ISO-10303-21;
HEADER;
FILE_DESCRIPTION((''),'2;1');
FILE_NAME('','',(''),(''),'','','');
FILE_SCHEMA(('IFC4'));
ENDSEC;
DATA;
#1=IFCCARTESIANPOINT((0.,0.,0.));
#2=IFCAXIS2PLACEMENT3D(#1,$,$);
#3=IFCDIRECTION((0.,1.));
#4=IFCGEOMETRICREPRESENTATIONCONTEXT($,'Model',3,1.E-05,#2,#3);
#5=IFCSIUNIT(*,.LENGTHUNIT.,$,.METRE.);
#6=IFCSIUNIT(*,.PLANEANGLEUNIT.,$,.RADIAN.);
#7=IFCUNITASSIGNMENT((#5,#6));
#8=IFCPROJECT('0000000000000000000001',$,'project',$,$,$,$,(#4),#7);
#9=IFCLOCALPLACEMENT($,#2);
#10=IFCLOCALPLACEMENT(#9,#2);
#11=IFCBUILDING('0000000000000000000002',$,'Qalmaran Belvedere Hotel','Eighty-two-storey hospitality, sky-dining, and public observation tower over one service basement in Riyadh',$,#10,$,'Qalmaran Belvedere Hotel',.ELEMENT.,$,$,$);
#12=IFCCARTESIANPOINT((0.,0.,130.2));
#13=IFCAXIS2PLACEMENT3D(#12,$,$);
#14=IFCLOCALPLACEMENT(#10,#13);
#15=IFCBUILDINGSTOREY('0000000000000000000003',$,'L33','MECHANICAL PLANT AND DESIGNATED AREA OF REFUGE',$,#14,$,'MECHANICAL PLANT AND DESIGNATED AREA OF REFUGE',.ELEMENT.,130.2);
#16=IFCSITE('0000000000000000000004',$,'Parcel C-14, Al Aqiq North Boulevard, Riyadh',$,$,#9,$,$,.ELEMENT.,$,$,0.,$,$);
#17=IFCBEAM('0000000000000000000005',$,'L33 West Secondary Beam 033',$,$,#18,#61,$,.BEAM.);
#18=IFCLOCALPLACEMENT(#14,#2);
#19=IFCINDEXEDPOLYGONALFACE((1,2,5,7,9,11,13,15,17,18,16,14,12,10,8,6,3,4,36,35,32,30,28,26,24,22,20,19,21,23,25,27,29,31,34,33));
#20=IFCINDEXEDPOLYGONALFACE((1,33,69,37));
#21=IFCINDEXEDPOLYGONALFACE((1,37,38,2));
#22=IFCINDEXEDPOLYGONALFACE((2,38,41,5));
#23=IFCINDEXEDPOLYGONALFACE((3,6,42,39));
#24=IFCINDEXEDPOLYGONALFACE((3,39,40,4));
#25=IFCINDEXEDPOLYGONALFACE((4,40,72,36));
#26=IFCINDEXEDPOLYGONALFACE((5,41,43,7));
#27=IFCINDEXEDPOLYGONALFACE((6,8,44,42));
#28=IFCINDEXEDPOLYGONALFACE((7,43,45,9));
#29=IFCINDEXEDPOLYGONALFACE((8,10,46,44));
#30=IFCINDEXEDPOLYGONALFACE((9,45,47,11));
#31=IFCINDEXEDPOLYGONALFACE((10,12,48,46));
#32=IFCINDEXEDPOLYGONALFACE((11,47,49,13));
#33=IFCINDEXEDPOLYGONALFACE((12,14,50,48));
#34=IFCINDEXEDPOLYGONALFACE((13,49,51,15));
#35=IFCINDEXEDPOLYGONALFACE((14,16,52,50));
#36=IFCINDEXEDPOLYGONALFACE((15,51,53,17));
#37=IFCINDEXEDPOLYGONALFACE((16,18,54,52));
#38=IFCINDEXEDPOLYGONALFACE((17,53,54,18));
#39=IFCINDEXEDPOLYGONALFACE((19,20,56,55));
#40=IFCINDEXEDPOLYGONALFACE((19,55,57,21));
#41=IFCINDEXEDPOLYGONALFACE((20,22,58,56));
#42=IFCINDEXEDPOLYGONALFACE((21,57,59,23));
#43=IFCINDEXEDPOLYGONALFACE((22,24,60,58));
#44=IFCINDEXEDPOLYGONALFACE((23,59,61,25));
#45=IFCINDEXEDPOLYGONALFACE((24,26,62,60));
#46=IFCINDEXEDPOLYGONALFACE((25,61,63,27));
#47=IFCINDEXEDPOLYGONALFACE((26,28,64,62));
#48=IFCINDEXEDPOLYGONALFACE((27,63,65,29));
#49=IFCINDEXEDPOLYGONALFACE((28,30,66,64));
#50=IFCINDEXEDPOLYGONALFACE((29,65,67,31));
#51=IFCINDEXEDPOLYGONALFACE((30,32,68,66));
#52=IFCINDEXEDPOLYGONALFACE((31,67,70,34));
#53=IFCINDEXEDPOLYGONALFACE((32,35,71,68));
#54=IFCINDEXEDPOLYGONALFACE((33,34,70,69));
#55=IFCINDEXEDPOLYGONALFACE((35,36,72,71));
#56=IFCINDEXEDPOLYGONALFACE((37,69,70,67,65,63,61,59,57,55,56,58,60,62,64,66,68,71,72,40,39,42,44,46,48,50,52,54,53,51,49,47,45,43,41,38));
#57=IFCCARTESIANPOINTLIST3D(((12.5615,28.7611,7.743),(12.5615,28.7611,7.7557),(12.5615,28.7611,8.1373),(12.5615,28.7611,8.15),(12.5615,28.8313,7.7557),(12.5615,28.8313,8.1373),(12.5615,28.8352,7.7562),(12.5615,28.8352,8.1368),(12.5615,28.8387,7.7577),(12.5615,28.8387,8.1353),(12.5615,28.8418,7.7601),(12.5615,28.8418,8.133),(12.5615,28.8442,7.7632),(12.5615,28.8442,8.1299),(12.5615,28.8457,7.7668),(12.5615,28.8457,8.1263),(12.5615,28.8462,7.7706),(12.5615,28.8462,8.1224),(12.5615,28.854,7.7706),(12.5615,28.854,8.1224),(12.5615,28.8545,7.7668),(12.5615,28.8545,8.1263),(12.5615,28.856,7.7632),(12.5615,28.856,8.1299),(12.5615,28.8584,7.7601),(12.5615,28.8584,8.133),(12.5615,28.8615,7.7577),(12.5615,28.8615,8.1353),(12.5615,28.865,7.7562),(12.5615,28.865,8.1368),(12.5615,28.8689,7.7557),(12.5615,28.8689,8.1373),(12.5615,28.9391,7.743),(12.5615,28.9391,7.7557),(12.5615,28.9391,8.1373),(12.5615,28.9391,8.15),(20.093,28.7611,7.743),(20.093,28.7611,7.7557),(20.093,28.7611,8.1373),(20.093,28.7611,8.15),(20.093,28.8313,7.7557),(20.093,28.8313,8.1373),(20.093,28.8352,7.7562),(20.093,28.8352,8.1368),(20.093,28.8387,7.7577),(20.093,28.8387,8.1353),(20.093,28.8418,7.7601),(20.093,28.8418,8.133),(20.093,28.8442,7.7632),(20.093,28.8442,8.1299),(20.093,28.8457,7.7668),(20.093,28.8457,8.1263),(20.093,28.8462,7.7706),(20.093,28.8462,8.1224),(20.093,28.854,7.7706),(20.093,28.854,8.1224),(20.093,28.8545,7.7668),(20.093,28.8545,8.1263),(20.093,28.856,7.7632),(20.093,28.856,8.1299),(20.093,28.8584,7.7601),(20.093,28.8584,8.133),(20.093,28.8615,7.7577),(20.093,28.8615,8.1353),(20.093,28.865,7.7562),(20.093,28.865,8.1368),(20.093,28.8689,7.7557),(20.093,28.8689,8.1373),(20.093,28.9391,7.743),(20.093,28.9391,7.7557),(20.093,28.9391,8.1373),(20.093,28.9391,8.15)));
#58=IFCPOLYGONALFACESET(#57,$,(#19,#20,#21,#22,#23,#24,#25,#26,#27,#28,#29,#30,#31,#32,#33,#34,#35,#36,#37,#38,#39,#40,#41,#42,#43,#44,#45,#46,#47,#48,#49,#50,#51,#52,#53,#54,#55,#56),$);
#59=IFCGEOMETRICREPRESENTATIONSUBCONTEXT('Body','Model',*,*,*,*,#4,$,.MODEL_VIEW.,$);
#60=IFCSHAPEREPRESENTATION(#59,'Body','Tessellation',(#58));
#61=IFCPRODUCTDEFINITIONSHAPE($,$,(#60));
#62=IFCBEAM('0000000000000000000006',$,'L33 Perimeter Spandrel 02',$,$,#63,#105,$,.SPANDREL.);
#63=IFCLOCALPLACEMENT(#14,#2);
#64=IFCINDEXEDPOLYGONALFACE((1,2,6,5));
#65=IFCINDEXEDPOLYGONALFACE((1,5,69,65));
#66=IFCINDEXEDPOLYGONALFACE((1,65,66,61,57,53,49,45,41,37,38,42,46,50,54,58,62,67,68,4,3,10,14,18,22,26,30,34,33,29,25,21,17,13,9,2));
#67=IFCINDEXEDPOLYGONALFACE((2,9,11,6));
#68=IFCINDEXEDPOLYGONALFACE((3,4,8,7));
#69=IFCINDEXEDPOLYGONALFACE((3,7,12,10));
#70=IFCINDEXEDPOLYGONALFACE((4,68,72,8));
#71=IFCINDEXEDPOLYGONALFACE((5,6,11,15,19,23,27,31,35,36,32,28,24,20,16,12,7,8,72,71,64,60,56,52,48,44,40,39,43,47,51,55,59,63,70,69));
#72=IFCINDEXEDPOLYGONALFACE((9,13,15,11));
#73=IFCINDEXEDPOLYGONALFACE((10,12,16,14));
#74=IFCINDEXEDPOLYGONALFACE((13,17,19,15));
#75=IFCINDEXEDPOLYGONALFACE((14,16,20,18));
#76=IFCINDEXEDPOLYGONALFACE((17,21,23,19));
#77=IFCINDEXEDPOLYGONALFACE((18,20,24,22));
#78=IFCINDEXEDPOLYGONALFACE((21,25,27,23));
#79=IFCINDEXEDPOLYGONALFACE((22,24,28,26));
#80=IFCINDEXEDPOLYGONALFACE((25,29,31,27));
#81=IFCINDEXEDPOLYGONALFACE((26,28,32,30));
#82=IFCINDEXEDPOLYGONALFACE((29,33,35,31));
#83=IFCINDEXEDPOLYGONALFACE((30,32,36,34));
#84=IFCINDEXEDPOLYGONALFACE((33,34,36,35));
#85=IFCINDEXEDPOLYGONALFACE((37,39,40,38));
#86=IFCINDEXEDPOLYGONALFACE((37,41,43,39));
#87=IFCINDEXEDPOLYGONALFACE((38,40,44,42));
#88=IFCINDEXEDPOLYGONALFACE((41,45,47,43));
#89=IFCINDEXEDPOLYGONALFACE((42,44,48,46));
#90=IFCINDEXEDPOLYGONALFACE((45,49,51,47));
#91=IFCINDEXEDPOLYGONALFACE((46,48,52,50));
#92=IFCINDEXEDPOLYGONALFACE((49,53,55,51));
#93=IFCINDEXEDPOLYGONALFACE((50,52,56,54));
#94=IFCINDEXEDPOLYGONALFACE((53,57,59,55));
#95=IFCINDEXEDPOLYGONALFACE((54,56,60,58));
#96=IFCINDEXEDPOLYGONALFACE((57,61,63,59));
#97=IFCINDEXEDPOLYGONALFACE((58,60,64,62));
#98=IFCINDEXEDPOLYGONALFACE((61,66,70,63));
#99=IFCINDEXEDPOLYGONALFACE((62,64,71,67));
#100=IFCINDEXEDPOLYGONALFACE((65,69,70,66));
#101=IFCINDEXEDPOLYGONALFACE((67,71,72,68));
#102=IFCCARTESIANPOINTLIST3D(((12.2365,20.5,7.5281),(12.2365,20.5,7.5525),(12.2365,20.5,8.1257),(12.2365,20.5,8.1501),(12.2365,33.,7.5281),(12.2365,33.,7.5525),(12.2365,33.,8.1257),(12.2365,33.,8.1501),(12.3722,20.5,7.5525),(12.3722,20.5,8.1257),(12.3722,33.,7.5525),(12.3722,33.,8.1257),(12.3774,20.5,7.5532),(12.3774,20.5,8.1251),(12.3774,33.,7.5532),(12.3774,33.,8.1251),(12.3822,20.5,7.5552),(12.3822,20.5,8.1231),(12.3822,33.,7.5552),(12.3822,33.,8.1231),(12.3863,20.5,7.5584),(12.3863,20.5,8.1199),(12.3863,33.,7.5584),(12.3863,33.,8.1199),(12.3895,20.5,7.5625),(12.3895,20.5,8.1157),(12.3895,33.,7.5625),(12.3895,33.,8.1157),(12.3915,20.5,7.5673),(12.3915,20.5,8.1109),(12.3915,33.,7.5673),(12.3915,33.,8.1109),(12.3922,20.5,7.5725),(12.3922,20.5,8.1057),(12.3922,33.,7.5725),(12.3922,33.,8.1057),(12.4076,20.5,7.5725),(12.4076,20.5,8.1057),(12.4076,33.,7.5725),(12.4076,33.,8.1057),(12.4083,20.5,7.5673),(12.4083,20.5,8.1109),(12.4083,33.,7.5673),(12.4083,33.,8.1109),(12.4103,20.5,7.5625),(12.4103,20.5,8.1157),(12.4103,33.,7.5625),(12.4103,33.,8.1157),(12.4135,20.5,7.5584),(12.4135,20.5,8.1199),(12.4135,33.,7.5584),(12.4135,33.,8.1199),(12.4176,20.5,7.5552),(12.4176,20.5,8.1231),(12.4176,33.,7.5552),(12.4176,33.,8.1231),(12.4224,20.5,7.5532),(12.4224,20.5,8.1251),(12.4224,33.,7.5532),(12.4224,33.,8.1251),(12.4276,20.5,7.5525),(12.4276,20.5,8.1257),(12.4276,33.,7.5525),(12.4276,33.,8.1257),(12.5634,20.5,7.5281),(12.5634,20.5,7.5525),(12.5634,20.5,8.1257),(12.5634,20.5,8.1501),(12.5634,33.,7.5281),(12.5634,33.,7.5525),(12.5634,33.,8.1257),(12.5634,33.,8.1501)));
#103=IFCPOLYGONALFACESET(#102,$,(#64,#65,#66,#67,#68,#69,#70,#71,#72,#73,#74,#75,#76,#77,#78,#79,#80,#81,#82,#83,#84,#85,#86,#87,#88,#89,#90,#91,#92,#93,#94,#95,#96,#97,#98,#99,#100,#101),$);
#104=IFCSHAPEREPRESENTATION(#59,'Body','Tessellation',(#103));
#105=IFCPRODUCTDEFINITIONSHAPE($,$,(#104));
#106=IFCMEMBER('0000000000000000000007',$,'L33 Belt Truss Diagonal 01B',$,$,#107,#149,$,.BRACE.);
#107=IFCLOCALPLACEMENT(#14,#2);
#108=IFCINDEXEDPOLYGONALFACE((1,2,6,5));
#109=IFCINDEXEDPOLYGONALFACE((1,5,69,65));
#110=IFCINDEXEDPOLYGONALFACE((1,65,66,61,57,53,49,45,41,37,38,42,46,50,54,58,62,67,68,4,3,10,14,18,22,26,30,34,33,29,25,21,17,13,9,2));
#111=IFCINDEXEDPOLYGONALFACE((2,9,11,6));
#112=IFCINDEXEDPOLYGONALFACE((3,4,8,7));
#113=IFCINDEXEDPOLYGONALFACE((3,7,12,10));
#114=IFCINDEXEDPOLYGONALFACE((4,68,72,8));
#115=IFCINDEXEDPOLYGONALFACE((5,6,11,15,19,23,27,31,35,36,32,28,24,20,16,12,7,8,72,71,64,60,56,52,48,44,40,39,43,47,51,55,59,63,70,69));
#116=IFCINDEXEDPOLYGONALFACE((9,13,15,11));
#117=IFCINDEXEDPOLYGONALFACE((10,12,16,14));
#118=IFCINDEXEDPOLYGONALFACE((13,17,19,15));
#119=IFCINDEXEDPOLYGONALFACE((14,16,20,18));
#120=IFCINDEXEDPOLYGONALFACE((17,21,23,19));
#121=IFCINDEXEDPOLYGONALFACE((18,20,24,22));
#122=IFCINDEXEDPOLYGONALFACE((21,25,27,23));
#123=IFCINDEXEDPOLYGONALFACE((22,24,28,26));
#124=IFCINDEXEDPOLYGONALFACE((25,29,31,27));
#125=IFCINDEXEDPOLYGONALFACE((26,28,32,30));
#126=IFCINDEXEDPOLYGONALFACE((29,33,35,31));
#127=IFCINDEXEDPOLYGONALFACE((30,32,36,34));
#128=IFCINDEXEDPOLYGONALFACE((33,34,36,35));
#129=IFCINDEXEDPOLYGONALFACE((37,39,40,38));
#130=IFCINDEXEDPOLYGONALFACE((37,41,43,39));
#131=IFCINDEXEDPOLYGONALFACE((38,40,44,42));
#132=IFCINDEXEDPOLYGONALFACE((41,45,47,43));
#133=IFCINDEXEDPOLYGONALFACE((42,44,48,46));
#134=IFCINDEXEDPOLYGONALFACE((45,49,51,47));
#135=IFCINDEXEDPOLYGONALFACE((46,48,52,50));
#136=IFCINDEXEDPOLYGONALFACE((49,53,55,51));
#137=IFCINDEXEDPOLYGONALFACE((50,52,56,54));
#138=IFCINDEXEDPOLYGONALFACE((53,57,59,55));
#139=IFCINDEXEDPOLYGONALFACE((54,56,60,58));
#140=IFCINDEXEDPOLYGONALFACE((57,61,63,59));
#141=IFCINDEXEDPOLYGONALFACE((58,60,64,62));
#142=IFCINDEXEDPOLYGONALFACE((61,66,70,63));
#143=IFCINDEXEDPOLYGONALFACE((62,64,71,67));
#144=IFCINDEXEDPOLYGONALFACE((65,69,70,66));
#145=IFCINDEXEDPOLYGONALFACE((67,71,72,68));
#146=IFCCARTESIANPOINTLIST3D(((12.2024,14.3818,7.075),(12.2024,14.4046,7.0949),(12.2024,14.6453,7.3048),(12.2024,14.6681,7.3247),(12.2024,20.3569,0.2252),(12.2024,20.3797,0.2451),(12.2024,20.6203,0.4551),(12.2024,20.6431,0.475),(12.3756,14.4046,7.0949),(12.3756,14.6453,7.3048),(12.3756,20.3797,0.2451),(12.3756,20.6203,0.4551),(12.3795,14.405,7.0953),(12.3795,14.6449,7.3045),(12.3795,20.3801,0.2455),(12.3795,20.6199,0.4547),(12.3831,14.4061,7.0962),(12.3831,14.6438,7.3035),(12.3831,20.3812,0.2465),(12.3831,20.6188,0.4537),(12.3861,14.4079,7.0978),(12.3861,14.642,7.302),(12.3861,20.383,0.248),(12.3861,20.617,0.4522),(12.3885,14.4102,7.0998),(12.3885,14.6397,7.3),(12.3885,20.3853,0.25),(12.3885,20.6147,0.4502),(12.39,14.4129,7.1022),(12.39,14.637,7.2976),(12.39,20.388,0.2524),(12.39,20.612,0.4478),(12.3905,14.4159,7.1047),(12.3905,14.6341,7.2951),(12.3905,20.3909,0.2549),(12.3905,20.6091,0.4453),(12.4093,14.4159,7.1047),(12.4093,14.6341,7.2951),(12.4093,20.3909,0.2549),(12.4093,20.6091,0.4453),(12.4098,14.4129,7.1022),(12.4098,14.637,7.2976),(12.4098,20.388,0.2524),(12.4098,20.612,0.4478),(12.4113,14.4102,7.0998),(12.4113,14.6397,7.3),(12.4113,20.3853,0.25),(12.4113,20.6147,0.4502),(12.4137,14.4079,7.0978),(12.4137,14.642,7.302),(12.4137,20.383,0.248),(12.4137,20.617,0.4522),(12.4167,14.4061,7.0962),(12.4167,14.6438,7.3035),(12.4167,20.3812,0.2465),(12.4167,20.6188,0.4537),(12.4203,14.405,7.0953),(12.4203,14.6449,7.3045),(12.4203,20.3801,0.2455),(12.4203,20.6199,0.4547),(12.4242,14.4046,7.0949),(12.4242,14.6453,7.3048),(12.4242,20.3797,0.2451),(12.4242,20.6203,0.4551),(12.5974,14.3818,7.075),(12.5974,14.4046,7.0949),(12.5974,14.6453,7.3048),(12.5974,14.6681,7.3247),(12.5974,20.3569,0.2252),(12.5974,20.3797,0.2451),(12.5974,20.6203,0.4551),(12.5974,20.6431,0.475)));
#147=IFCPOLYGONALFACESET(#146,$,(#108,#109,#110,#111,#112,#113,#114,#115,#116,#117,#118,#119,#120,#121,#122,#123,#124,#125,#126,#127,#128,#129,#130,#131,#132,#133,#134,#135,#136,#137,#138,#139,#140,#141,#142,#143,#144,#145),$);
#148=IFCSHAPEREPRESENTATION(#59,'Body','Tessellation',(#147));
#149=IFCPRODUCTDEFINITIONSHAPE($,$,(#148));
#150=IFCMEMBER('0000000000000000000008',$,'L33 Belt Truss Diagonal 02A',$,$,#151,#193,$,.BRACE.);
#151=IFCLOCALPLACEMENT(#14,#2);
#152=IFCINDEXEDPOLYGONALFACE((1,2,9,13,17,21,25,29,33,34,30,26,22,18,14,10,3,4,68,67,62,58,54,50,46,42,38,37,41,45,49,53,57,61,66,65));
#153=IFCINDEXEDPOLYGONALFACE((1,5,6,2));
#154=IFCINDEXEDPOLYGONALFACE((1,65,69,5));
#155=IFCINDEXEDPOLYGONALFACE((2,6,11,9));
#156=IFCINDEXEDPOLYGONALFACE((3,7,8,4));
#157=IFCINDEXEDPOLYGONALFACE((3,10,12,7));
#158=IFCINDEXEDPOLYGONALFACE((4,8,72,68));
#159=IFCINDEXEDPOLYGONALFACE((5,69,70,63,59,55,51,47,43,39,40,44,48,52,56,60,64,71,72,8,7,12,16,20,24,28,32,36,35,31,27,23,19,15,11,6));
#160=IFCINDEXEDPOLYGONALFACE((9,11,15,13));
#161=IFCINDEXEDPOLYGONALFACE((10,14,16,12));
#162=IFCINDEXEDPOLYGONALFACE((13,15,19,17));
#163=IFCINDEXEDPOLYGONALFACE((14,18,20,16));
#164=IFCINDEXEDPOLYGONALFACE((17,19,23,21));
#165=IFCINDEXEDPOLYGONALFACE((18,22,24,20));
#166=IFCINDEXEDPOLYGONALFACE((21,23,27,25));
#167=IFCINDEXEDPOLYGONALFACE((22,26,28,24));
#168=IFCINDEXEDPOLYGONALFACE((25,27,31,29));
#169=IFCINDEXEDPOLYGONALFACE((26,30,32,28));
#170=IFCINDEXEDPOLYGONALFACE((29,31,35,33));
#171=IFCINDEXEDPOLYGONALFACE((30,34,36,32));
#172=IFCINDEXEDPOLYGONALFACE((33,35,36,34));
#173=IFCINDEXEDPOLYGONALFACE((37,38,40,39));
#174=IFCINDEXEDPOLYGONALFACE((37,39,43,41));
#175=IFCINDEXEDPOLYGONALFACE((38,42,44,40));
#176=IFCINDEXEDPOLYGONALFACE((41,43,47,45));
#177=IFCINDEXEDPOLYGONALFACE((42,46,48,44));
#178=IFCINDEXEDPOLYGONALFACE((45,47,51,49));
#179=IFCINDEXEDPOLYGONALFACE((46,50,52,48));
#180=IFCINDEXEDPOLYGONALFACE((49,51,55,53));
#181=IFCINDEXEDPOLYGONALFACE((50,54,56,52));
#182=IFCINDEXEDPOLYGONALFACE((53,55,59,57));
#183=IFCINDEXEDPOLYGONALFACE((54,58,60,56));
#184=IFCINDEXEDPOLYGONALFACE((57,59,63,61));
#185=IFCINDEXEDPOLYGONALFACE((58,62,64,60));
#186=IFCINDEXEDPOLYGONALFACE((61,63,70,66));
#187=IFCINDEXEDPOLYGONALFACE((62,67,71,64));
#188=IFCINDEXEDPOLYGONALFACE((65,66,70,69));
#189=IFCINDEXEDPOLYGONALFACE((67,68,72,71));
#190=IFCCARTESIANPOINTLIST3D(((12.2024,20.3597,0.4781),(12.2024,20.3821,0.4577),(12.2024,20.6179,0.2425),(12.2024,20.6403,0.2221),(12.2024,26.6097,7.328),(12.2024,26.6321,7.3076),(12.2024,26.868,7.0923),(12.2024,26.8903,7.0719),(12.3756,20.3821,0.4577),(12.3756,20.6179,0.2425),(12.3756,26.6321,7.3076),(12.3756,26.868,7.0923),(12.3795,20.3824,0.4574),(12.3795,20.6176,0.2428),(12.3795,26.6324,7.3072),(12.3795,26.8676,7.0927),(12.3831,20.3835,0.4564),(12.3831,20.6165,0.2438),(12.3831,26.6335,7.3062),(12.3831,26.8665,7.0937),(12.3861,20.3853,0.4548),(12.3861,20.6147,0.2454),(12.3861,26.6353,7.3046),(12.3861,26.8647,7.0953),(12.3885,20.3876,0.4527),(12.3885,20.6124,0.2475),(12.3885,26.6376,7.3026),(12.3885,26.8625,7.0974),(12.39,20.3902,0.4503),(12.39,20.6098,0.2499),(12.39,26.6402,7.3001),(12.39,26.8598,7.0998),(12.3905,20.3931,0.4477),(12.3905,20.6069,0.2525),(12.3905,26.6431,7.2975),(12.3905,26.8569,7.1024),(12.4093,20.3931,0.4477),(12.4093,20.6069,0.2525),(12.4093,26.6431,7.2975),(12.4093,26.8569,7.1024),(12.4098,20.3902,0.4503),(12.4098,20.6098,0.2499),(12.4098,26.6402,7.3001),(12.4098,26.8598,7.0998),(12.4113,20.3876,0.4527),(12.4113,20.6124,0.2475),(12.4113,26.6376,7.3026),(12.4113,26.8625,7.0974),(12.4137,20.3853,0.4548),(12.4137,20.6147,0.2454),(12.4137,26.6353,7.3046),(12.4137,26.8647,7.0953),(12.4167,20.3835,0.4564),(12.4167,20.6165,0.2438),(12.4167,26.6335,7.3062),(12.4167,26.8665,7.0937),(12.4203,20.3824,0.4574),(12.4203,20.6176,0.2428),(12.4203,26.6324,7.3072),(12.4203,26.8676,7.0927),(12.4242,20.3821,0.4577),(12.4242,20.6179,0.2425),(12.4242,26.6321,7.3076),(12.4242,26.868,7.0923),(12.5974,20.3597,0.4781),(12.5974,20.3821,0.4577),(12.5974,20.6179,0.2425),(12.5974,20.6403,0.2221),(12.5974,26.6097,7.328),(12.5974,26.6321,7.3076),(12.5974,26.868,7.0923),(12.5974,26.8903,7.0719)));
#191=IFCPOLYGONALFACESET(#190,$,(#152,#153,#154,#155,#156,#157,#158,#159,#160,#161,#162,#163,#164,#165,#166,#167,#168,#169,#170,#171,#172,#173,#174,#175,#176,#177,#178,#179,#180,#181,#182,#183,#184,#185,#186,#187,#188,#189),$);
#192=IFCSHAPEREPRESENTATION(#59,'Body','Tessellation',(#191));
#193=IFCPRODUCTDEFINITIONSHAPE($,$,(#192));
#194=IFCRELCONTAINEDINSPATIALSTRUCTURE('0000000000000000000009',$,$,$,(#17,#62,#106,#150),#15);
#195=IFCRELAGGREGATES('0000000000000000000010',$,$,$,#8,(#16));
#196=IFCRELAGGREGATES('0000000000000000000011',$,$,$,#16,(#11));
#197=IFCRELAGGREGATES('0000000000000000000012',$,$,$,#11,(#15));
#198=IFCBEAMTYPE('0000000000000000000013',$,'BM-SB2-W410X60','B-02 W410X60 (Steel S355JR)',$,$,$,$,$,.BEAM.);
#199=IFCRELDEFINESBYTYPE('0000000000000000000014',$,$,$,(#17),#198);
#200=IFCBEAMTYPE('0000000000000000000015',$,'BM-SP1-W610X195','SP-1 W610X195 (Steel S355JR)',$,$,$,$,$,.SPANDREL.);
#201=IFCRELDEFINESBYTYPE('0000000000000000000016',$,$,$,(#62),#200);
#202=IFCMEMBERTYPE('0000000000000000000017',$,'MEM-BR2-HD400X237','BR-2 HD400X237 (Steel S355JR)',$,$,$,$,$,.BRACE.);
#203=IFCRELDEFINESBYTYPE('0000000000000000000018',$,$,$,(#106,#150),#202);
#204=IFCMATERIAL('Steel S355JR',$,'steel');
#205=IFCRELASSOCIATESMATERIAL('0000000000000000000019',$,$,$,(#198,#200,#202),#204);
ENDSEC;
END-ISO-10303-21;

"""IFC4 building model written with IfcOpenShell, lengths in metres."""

from ifc_helpers import new_model, si_unit, direction, frame, origin, origin_2d, place, context, subcontext, project, spatial, i_section, extrude, material, material_profile, profile_set, type_object, element, save


model = new_model("IFC4")

# Units and contexts
model_context = context("Model", 3, precision=1e-05, world=origin(), true_north=direction((0.0, 1.0)))
body_context = subcontext(model_context, "Body", "Model", "MODEL_VIEW")
ifc_project = project(units=[si_unit("LENGTHUNIT", "METRE"), si_unit("PLANEANGLEUNIT", "RADIAN")], contexts=[model_context])

# Site, building, storey
site_placement = place(None, origin())
site = spatial("IfcSite", under=ifc_project, at=site_placement, Name="Parcel C-14, Al Aqiq North Boulevard, Riyadh", CompositionType="ELEMENT", RefElevation=0.0)
building_placement = place(site_placement, origin())
building = spatial("IfcBuilding", under=site, at=building_placement, Name="Qalmaran Belvedere Hotel", Description="Eighty-two-storey hospitality, sky-dining, and public observation tower over one service basement in Riyadh", LongName="Qalmaran Belvedere Hotel", CompositionType="ELEMENT")
storey_placement = place(building_placement, frame((0.0, 0.0, 130.2)))
storey = spatial("IfcBuildingStorey", under=building, at=storey_placement, Name="L33", Description="MECHANICAL PLANT AND DESIGNATED AREA OF REFUGE", LongName="MECHANICAL PLANT AND DESIGNATED AREA OF REFUGE", CompositionType="ELEMENT", Elevation=130.2)

# Beams
ifc_material_1 = material(Name="Steel S355JR", Category="steel")
ifc_material_profile_1 = material_profile(ifc_material_1, i_section(OverallWidth=0.178, OverallDepth=0.407, WebThickness=0.0078, FlangeThickness=0.0127, FilletRadius=0.0149, at=origin_2d()), Name="W410X60")
ifc_profile_set_1 = profile_set([ifc_material_profile_1], Name="Steel S355JR")
beam_type_1 = type_object("IfcBeamType", Name="BM-SB2-W410X60", Description="B-02 W410X60 (Steel S355JR)", PredefinedType="BEAM", material=ifc_profile_set_1)
for number, where, z_axis, x_axis, name in (
    (1, (12.5615, 28.8501, 7.9465), (1.0, 0.0, 0.0), (0.0, 1.0, 0.0), "L33 West Secondary Beam 033"),
):
    element("IfcBeam", number, at=place(storey_placement, frame(where, z_axis=z_axis, x_axis=x_axis)), inside=storey, type_object=beam_type_1, Name=name, PredefinedType="BEAM", context=body_context, shape_type="SweptSolid", body=[
        extrude(i_section(OverallWidth=0.178, OverallDepth=0.407, WebThickness=0.0078, FlangeThickness=0.0127, FilletRadius=0.0149, at=origin_2d()), origin(), (0.0, 0.0, 1.0), 7.5315),
    ])
ifc_material_profile_2 = material_profile(ifc_material_1, i_section(OverallWidth=0.3269, OverallDepth=0.6221, WebThickness=0.0154, FlangeThickness=0.0244, FilletRadius=0.02, at=origin_2d()), Name="W610X195")
ifc_profile_set_2 = profile_set([ifc_material_profile_2], Name="Steel S355JR")
beam_type_2 = type_object("IfcBeamType", Name="BM-SP1-W610X195", Description="SP-1 W610X195 (Steel S355JR)", PredefinedType="SPANDREL", material=ifc_profile_set_2)
beam_placement = place(storey_placement, frame((12.3999, 20.5, 7.8391), z_axis=(0.0, 1.0, 0.0), x_axis=(-1.0, 0.0, 0.0)))
element("IfcBeam", 2, at=beam_placement, inside=storey, type_object=beam_type_2, Name="L33 Perimeter Spandrel 02", PredefinedType="SPANDREL", context=body_context, shape_type="SweptSolid", body=[
    extrude(i_section(OverallWidth=0.3269, OverallDepth=0.6221, WebThickness=0.0154, FlangeThickness=0.0244, FilletRadius=0.02, at=origin_2d()), origin(), (0.0, 0.0, 1.0), 12.5),
])

# Members
ifc_material_profile_3 = material_profile(ifc_material_1, i_section(OverallWidth=0.395, OverallDepth=0.3799, WebThickness=0.0188, FlangeThickness=0.0303, FilletRadius=0.0149, at=origin_2d()), Name="HD400X237")
ifc_profile_set_3 = profile_set([ifc_material_profile_3], Name="Steel S355JR")
member_type_1 = type_object("IfcMemberType", Name="MEM-BR2-HD400X237", Description="BR-2 HD400X237 (Steel S355JR)", PredefinedType="BRACE", material=ifc_profile_set_3)
member_1_placement = place(storey_placement, frame((12.3999, 20.5, 0.3501), z_axis=(0.0, -0.65735, 0.753586), x_axis=(1.0, 0.0, 0.0)))
element("IfcMember", 3, at=member_1_placement, inside=storey, type_object=member_type_1, Name="L33 Belt Truss Diagonal 01B", PredefinedType="BRACE", context=body_context, shape_type="SweptSolid", body=[
    extrude(i_section(OverallWidth=0.395, OverallDepth=0.3799, WebThickness=0.0188, FlangeThickness=0.0303, FilletRadius=0.0149, at=origin_2d()), origin(), (0.0, 0.0, 1.0), 9.0896),
])
for number, where, z_axis, x_axis, name in (
    (4, (12.3999, 20.5, 0.3501), (0.0, 0.674021, 0.738712), (-1.0, 0.0, 0.0), "L33 Belt Truss Diagonal 02A"),
):
    element("IfcMember", number, at=place(storey_placement, frame(where, z_axis=z_axis, x_axis=x_axis)), inside=storey, type_object=member_type_1, Name=name, PredefinedType="BRACE", context=body_context, shape_type="SweptSolid", body=[
        extrude(i_section(OverallWidth=0.395, OverallDepth=0.3799, WebThickness=0.0188, FlangeThickness=0.0303, FilletRadius=0.0149, at=origin_2d()), origin(), (0.0, 0.0, 1.0), 9.2727),
    ])

save(model, "model.ifc")
